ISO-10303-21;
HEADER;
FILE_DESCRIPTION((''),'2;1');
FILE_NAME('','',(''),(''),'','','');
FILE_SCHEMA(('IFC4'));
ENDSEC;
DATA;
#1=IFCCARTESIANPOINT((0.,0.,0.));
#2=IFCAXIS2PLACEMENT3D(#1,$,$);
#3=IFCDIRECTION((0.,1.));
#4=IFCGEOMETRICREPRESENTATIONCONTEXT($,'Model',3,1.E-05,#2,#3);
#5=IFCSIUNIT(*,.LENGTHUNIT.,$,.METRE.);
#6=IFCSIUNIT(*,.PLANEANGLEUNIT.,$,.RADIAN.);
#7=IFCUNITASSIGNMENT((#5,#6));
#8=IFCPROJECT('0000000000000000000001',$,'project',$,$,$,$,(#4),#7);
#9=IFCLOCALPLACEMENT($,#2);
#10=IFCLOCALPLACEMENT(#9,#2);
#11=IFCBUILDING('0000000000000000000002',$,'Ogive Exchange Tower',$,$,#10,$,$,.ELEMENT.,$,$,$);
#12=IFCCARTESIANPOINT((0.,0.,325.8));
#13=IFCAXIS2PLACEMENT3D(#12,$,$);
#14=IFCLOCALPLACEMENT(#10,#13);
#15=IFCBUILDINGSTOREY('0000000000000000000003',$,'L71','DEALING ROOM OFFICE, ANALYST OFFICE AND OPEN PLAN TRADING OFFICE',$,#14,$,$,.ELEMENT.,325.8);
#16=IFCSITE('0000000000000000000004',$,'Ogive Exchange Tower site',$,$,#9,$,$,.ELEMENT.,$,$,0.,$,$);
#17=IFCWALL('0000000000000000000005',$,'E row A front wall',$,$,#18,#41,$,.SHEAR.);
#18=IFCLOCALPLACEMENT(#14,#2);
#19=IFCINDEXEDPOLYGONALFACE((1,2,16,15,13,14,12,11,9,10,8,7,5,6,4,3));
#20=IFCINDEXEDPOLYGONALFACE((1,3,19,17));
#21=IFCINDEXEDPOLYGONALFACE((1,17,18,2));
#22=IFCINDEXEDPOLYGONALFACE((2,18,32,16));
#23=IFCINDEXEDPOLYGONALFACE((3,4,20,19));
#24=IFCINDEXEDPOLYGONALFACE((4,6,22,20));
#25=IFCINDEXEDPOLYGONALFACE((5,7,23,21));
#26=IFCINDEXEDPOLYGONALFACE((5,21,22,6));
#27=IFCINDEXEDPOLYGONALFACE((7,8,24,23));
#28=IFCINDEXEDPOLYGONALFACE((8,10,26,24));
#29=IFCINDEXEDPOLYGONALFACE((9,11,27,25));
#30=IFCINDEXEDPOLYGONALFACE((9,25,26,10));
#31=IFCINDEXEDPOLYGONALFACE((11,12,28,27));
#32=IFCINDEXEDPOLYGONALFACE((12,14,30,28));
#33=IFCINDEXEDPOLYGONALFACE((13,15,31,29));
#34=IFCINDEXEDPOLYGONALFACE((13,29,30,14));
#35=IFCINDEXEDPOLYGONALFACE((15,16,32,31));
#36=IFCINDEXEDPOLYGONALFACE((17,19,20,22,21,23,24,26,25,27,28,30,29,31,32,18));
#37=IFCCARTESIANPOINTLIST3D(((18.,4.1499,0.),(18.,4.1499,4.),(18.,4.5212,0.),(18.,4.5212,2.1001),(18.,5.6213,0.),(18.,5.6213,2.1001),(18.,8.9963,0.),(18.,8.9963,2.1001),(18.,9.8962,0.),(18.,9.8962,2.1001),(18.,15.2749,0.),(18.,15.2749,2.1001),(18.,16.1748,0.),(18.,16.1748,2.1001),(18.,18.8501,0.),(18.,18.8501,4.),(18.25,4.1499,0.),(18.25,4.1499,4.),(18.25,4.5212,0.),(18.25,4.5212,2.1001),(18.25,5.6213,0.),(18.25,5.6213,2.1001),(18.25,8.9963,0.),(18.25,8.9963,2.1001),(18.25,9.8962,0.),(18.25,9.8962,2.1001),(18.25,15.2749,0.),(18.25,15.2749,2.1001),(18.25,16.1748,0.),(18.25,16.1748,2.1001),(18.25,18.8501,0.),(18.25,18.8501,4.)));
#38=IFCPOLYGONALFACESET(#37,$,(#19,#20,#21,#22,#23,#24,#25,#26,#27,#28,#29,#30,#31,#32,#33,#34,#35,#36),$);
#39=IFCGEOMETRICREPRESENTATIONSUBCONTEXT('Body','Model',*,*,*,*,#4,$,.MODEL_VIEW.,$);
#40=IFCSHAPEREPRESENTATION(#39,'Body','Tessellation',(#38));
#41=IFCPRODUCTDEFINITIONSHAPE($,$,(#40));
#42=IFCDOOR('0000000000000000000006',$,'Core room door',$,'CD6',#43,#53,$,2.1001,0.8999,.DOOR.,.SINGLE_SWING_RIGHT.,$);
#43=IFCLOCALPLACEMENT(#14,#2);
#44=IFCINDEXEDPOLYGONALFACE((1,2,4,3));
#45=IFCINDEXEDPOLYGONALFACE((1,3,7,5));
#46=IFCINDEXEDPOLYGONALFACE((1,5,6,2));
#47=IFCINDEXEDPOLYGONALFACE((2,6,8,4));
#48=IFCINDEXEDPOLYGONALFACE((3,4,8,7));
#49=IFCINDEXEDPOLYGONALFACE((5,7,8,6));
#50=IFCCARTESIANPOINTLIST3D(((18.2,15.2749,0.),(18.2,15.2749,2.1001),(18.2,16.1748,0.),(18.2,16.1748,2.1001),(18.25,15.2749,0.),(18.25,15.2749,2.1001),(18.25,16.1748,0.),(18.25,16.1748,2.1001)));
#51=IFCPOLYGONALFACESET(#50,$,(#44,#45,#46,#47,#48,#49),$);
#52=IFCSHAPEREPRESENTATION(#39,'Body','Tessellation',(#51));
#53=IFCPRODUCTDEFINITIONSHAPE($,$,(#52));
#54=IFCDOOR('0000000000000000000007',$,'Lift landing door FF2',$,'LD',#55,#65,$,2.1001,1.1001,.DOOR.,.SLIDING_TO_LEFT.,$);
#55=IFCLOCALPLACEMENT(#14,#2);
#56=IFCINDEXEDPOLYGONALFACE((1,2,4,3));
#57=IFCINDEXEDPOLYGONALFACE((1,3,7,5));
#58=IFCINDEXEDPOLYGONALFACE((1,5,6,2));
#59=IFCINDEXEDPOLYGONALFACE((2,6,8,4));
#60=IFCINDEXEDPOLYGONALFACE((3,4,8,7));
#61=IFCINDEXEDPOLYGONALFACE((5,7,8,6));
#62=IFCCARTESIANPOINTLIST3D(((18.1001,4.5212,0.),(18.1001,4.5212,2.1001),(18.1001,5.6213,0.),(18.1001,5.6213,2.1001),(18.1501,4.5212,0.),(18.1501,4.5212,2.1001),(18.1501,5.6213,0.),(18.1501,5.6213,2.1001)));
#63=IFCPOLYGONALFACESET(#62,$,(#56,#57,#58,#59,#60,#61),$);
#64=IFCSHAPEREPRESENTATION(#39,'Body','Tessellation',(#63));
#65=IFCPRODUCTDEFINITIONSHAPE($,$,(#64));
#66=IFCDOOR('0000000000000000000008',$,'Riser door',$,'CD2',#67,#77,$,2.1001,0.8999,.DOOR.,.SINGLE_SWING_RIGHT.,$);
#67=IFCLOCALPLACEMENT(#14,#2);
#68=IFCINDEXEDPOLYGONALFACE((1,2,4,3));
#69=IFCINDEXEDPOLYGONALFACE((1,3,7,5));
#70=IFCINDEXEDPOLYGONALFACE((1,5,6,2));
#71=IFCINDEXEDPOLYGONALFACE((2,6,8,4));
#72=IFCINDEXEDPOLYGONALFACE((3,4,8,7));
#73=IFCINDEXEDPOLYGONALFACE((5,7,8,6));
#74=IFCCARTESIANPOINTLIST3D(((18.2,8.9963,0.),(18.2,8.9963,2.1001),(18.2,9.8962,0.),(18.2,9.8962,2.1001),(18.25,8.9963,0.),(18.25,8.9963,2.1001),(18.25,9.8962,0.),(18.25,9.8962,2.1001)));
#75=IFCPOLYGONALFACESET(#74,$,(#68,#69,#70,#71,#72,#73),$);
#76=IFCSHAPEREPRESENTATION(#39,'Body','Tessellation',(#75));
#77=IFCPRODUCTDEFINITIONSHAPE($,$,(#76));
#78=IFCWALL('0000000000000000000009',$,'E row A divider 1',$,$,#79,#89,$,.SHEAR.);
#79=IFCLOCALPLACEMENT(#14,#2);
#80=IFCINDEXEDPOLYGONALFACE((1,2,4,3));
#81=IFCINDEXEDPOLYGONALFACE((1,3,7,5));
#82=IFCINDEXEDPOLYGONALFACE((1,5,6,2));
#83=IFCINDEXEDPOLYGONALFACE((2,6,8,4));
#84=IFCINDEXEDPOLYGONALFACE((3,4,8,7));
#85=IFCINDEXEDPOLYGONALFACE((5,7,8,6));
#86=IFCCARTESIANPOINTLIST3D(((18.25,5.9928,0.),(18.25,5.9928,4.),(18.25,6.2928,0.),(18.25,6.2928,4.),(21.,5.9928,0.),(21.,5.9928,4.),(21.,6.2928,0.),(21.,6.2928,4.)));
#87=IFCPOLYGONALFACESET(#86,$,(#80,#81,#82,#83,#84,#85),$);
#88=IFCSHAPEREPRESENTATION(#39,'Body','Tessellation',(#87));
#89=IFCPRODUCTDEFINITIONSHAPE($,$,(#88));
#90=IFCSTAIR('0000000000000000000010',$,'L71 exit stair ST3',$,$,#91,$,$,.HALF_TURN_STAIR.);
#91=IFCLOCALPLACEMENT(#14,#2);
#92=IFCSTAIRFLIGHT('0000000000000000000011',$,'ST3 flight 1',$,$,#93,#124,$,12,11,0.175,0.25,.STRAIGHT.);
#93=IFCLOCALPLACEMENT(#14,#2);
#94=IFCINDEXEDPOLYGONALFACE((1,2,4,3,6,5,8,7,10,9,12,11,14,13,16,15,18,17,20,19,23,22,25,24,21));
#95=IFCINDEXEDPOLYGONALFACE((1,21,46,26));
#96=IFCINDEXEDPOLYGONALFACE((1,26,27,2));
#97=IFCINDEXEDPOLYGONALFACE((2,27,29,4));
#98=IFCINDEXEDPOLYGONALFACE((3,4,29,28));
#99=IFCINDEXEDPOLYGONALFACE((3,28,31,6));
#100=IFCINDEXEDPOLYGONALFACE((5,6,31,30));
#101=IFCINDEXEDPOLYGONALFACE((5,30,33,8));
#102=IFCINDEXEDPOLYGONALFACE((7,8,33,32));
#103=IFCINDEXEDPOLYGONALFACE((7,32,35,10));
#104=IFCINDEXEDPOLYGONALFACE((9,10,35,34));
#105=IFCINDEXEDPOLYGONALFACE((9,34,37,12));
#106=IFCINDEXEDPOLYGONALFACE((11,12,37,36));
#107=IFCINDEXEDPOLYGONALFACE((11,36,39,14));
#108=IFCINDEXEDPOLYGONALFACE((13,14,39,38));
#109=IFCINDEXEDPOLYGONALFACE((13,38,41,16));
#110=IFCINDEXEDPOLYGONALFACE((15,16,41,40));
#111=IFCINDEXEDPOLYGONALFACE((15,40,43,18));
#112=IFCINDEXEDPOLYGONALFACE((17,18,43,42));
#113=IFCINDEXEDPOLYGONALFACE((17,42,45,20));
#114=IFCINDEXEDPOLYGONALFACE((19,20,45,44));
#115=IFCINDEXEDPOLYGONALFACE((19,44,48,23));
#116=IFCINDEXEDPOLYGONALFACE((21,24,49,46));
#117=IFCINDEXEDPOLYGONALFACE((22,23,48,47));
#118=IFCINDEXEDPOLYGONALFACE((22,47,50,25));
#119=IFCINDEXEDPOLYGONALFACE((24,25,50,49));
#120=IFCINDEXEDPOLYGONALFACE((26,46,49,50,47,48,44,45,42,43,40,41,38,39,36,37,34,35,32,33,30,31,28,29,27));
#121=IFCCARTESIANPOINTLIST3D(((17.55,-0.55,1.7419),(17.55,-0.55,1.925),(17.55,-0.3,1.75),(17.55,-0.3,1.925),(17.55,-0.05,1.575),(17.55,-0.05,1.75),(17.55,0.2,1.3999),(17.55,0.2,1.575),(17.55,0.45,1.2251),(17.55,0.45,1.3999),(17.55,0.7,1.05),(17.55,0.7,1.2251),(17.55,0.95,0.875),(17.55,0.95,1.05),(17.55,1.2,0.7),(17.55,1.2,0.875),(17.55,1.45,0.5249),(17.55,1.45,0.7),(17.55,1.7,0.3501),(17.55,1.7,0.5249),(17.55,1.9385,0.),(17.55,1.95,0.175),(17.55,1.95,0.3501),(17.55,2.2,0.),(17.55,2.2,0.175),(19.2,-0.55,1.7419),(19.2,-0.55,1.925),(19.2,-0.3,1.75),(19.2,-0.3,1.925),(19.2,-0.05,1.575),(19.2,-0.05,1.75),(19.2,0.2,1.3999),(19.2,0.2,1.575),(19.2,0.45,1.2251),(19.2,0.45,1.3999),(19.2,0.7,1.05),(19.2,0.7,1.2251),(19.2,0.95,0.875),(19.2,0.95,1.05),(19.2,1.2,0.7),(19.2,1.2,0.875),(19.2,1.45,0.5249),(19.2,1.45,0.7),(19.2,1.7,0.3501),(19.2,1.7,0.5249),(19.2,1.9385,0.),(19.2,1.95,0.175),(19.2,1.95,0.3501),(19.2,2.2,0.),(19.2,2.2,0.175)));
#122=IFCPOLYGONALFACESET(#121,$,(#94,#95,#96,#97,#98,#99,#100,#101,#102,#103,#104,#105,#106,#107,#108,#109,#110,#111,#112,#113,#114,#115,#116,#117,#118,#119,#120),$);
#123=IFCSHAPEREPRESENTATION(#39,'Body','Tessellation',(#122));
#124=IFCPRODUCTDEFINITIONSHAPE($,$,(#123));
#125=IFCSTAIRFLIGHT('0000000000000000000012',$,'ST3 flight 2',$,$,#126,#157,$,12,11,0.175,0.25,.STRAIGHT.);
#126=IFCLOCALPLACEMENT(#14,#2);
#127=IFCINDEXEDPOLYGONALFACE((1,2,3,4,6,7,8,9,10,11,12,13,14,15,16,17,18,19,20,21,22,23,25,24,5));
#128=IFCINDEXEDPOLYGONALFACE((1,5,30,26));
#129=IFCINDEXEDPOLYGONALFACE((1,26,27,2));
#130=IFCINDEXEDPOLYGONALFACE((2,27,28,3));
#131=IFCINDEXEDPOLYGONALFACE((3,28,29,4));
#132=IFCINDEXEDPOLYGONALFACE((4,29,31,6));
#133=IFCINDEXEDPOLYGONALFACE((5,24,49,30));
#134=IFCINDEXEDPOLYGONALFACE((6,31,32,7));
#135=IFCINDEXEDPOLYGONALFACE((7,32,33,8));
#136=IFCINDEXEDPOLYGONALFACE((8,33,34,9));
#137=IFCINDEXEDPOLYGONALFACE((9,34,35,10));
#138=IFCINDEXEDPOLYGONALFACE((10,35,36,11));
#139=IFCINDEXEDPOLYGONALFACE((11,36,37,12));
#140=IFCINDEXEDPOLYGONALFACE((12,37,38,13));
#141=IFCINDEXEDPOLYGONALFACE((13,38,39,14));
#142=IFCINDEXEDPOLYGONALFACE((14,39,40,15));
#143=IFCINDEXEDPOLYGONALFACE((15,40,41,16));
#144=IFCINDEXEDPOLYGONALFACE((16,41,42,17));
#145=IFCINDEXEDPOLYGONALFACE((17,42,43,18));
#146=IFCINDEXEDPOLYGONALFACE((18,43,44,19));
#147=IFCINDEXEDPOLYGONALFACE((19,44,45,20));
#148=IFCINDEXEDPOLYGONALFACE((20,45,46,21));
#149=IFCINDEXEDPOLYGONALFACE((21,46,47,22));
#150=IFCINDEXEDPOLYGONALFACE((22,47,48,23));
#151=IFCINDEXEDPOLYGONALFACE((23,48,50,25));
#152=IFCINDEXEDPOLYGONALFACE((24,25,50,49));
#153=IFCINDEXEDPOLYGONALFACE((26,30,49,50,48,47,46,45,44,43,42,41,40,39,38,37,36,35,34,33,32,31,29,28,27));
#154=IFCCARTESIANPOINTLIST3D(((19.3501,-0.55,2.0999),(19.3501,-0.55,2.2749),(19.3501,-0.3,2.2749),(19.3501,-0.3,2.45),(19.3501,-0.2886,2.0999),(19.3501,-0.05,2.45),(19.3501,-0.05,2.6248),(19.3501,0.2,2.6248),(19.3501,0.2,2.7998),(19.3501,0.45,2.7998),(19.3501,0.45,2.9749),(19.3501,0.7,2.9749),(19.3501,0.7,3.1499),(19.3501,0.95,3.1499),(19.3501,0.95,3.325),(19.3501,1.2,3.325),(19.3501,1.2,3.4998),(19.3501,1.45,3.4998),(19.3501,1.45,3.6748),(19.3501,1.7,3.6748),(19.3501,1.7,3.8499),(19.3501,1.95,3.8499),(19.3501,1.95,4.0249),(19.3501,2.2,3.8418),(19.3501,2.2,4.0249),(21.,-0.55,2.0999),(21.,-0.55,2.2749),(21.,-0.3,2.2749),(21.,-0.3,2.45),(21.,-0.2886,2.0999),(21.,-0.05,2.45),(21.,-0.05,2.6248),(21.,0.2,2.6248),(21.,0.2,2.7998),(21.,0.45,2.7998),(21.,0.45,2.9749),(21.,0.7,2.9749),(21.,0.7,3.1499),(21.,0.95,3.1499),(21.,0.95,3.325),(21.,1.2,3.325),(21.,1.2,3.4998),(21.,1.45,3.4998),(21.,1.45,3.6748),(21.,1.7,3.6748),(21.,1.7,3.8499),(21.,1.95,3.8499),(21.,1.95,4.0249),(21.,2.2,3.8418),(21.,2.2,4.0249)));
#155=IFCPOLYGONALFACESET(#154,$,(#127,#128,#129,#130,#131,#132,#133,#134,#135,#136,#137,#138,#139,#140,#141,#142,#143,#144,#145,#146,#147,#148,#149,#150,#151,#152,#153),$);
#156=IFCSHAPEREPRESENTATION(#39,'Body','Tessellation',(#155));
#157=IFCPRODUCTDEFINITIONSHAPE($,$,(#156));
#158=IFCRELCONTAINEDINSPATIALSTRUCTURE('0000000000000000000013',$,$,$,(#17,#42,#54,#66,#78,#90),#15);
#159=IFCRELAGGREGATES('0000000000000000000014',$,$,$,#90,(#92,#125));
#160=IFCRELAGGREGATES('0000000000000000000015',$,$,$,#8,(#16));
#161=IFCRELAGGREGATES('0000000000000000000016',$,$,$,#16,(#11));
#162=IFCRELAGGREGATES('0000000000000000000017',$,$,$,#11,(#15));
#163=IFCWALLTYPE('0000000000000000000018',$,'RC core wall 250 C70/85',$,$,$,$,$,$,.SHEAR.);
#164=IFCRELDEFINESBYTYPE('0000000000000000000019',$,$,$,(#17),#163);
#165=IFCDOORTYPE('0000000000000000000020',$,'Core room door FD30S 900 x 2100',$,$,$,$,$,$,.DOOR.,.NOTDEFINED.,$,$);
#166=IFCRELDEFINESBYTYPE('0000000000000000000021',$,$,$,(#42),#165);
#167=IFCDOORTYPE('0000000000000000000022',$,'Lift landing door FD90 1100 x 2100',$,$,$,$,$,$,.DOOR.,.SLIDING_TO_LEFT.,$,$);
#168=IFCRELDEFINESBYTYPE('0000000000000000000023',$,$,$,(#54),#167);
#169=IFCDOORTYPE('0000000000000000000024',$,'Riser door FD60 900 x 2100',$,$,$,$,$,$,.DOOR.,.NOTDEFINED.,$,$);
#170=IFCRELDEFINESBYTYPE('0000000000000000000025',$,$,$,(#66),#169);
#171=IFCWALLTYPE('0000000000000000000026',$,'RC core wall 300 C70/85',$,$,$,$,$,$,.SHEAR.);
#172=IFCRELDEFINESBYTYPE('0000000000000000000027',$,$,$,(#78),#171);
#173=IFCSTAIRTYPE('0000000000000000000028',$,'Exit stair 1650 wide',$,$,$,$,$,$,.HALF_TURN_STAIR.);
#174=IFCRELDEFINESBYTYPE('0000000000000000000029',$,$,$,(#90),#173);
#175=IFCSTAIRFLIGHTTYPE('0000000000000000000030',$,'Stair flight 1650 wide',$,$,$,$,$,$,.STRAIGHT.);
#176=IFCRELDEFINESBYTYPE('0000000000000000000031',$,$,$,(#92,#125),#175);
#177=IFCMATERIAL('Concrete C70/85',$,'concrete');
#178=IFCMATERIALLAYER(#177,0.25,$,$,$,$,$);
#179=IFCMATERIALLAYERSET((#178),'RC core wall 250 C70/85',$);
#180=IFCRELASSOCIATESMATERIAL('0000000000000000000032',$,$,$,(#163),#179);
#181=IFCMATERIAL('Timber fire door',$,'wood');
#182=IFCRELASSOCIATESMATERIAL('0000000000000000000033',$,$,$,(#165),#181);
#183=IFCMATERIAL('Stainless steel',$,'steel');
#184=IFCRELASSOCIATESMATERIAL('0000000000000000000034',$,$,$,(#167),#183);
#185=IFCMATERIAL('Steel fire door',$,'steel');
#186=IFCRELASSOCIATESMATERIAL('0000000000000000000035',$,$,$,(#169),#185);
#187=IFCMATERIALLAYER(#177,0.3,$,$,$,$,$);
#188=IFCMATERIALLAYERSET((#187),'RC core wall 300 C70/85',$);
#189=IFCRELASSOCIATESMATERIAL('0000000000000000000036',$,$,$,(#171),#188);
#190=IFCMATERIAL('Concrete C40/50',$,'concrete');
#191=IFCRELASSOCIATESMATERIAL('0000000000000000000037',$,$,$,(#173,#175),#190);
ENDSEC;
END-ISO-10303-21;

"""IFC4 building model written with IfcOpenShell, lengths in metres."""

from ifc_helpers import new_model, si_unit, direction, frame, frame_2d, origin, place, context, subcontext, project, spatial, polyline, rectangle, outline, extrude, material, layer, layer_set, type_object, element, fill, aggregate, save


model = new_model("IFC4")

# Units and contexts
model_context = context("Model", 3, precision=1e-05, world=origin(), true_north=direction((0.0, 1.0)))
body_context = subcontext(model_context, "Body", "Model", "MODEL_VIEW")
ifc_project = project(units=[si_unit("LENGTHUNIT", "METRE"), si_unit("PLANEANGLEUNIT", "RADIAN")], contexts=[model_context])

# Site, building, storey
site_placement = place(None, origin())
site = spatial("IfcSite", under=ifc_project, at=site_placement, Name="Ogive Exchange Tower site", CompositionType="ELEMENT", RefElevation=0.0)
building_placement = place(site_placement, origin())
building = spatial("IfcBuilding", under=site, at=building_placement, Name="Ogive Exchange Tower", CompositionType="ELEMENT")
storey_placement = place(building_placement, frame((0.0, 0.0, 325.8)))
storey = spatial("IfcBuildingStorey", under=building, at=storey_placement, Name="L71", Description="DEALING ROOM OFFICE, ANALYST OFFICE AND OPEN PLAN TRADING OFFICE", CompositionType="ELEMENT", Elevation=325.8)

# Wall, openings, doors
ifc_material_1 = material(Name="Concrete C70/85", Category="concrete")
ifc_layer_1 = layer(ifc_material_1, 0.25)
ifc_layer_set_1 = layer_set([ifc_layer_1], Name="RC core wall 250 C70/85")
wall_type_1 = type_object("IfcWallType", Name="RC core wall 250 C70/85", PredefinedType="SHEAR", material=ifc_layer_set_1)
wall_1_placement = place(storey_placement, frame((18.125, 4.1499, 0.0), z_axis=(0.0, 0.0, 1.0), x_axis=(0.0, 1.0, 0.0)))
wall_1 = element("IfcWall", 1, at=wall_1_placement, inside=storey, type_object=wall_type_1, Name="E row A front wall", PredefinedType="SHEAR", context=body_context, shape_type="SweptSolid", body=[
    extrude(rectangle(XDim=14.7002, YDim=0.25, at=frame_2d((7.3501, 0.0))), origin(), (0.0, 0.0, 1.0), 4.0),
])
opening_1_placement = place(wall_1_placement, frame((4.8464, 0.0, 0.0)))
opening_1 = element("IfcOpeningElement", 2, at=opening_1_placement, cuts=wall_1, PredefinedType="OPENING", context=body_context, shape_type="SweptSolid", body=[
    extrude(rectangle(XDim=0.8999, YDim=2.1001, at=frame_2d((0.45, 1.05))), frame((0.0, 0.135, 0.0), z_axis=(0.0, -1.0, 0.0), x_axis=(1.0, 0.0, 0.0)), (0.0, 0.0, 1.0), 0.27),
])
opening_2_placement = place(wall_1_placement, frame((11.125, 0.0, 0.0)))
opening_2 = element("IfcOpeningElement", 3, at=opening_2_placement, cuts=wall_1, PredefinedType="OPENING", context=body_context, shape_type="SweptSolid", body=[
    extrude(rectangle(XDim=0.8999, YDim=2.1001, at=frame_2d((0.45, 1.05))), frame((0.0, 0.135, 0.0), z_axis=(0.0, -1.0, 0.0), x_axis=(1.0, 0.0, 0.0)), (0.0, 0.0, 1.0), 0.27),
])
opening_3_placement = place(wall_1_placement, frame((0.3713, 0.0, 0.0)))
opening_3 = element("IfcOpeningElement", 4, at=opening_3_placement, cuts=wall_1, PredefinedType="OPENING", context=body_context, shape_type="SweptSolid", body=[
    extrude(rectangle(XDim=1.1001, YDim=2.1001, at=frame_2d((0.55, 1.05))), frame((0.0, 0.135, 0.0), z_axis=(0.0, -1.0, 0.0), x_axis=(1.0, 0.0, 0.0)), (0.0, 0.0, 1.0), 0.27),
])
ifc_material_2 = material(Name="Timber fire door", Category="wood")
door_type_1 = type_object("IfcDoorType", Name="Core room door FD30S 900 x 2100", OperationType="NOTDEFINED", PredefinedType="DOOR", material=ifc_material_2)
door_1_placement = place(opening_2_placement, frame((0.8999, -0.2002, 0.0), z_axis=(0.0, 0.0, 1.0), x_axis=(-1.0, 0.0, 0.0)))
door_1 = element("IfcDoor", 5, at=door_1_placement, inside=storey, type_object=door_type_1, Name="Core room door", ObjectType="CD6", OperationType="SINGLE_SWING_RIGHT", OverallHeight=2.1001, OverallWidth=0.8999, PredefinedType="DOOR", context=body_context, shape_type="SweptSolid", body=[
    extrude(rectangle(XDim=0.8999, YDim=2.1001, at=frame_2d((0.45, 1.05))), frame((0.0, -0.0752, 0.0), z_axis=(0.0, -1.0, 0.0), x_axis=(1.0, 0.0, 0.0)), (0.0, 0.0, 1.0), 0.05),
])
fill(opening_2, door_1)
ifc_material_3 = material(Name="Stainless steel", Category="steel")
door_type_2 = type_object("IfcDoorType", Name="Lift landing door FD90 1100 x 2100", OperationType="SLIDING_TO_LEFT", PredefinedType="DOOR", material=ifc_material_3)
door_2_placement = place(opening_3_placement, origin())
door_2 = element("IfcDoor", 6, at=door_2_placement, inside=storey, type_object=door_type_2, Name="Lift landing door FF2", ObjectType="LD", OperationType="SLIDING_TO_LEFT", OverallHeight=2.1001, OverallWidth=1.1001, PredefinedType="DOOR", context=body_context, shape_type="SweptSolid", body=[
    extrude(rectangle(XDim=1.1001, YDim=2.1001, at=frame_2d((0.55, 1.05))), frame((0.0, 0.0249, 0.0), z_axis=(0.0, -1.0, 0.0), x_axis=(1.0, 0.0, 0.0)), (0.0, 0.0, 1.0), 0.05),
])
fill(opening_3, door_2)
ifc_material_4 = material(Name="Steel fire door", Category="steel")
door_type_3 = type_object("IfcDoorType", Name="Riser door FD60 900 x 2100", OperationType="NOTDEFINED", PredefinedType="DOOR", material=ifc_material_4)
door_3_placement = place(opening_1_placement, frame((0.8999, -0.2002, 0.0), z_axis=(0.0, 0.0, 1.0), x_axis=(-1.0, 0.0, 0.0)))
door_3 = element("IfcDoor", 7, at=door_3_placement, inside=storey, type_object=door_type_3, Name="Riser door", ObjectType="CD2", OperationType="SINGLE_SWING_RIGHT", OverallHeight=2.1001, OverallWidth=0.8999, PredefinedType="DOOR", context=body_context, shape_type="SweptSolid", body=[
    extrude(rectangle(XDim=0.8999, YDim=2.1001, at=frame_2d((0.45, 1.05))), frame((0.0, -0.0752, 0.0), z_axis=(0.0, -1.0, 0.0), x_axis=(1.0, 0.0, 0.0)), (0.0, 0.0, 1.0), 0.05),
])
fill(opening_1, door_3)

# Wall
ifc_layer_2 = layer(ifc_material_1, 0.3)
ifc_layer_set_2 = layer_set([ifc_layer_2], Name="RC core wall 300 C70/85")
wall_type_2 = type_object("IfcWallType", Name="RC core wall 300 C70/85", PredefinedType="SHEAR", material=ifc_layer_set_2)
wall_2_placement = place(storey_placement, frame((18.25, 6.1428, 0.0), z_axis=(0.0, 0.0, 1.0), x_axis=(1.0, 0.0, 0.0)))
element("IfcWall", 8, at=wall_2_placement, inside=storey, type_object=wall_type_2, Name="E row A divider 1", PredefinedType="SHEAR", context=body_context, shape_type="SweptSolid", body=[
    extrude(rectangle(XDim=2.75, YDim=0.3, at=frame_2d((1.375, 0.0))), origin(), (0.0, 0.0, 1.0), 4.0),
])

# Stair, stair flights
ifc_material_5 = material(Name="Concrete C40/50", Category="concrete")
stair_type = type_object("IfcStairType", Name="Exit stair 1650 wide", PredefinedType="HALF_TURN_STAIR", material=ifc_material_5)
stair_placement = place(storey_placement, origin())
stair = element("IfcStair", 9, at=stair_placement, inside=storey, type_object=stair_type, Name="L71 exit stair ST3", PredefinedType="HALF_TURN_STAIR")
stair_flight_type = type_object("IfcStairFlightType", Name="Stair flight 1650 wide", PredefinedType="STRAIGHT", material=ifc_material_5)
stair_flight_1_placement = place(storey_placement, frame((18.375, 2.2, 0.0), z_axis=(0.0, 0.0, 1.0), x_axis=(0.0, -1.0, 0.0)))
stair_flight_1 = element("IfcStairFlight", 10, at=stair_flight_1_placement, type_object=stair_flight_type, Name="ST3 flight 1", NumberOfRisers=12, NumberOfTreads=11, PredefinedType="STRAIGHT", RiserHeight=0.175, TreadLength=0.25, context=body_context, shape_type="SweptSolid", body=[
    extrude(outline(polyline([(0.0, 0.0), (0.0, 0.175), (0.25, 0.175), (0.25, 0.3501), (0.5, 0.3501), (0.5, 0.5249), (0.75, 0.5249), (0.75, 0.7), (1.0, 0.7), (1.0, 0.875), (1.25, 0.875), (1.25, 1.05), (1.5, 1.05), (1.5, 1.2251), (1.75, 1.2251), (1.75, 1.3999), (2.0, 1.3999), (2.0, 1.575), (2.25, 1.575), (2.25, 1.75), (2.5, 1.75), (2.5, 1.925), (2.75, 1.925), (2.75, 2.1001), (2.75, 1.7419), (0.2615, 0.0), (0.0, 0.0)])), frame((0.0, 0.825, 0.0), z_axis=(0.0, -1.0, 0.0), x_axis=(1.0, 0.0, 0.0)), (0.0, 0.0, 1.0), 1.6499),
])
stair_flight_2_placement = place(storey_placement, frame((20.175, -0.55, 2.0999), z_axis=(0.0, 0.0, 1.0), x_axis=(0.0, 1.0, 0.0)))
stair_flight_2 = element("IfcStairFlight", 11, at=stair_flight_2_placement, type_object=stair_flight_type, Name="ST3 flight 2", NumberOfRisers=12, NumberOfTreads=11, PredefinedType="STRAIGHT", RiserHeight=0.175, TreadLength=0.25, context=body_context, shape_type="SweptSolid", body=[
    extrude(outline(polyline([(0.0, 0.0), (0.0, 0.175), (0.25, 0.175), (0.25, 0.3501), (0.5, 0.3501), (0.5, 0.5249), (0.75, 0.5249), (0.75, 0.7), (1.0, 0.7), (1.0, 0.875), (1.25, 0.875), (1.25, 1.05), (1.5, 1.05), (1.5, 1.2251), (1.75, 1.2251), (1.75, 1.3999), (2.0, 1.3999), (2.0, 1.575), (2.25, 1.575), (2.25, 1.75), (2.5, 1.75), (2.5, 1.925), (2.75, 1.925), (2.75, 2.1001), (2.75, 1.7419), (0.2615, 0.0), (0.0, 0.0)])), frame((0.0, 0.825, 0.0), z_axis=(0.0, -1.0, 0.0), x_axis=(1.0, 0.0, 0.0)), (0.0, 0.0, 1.0), 1.6499),
])
aggregate(stair, [stair_flight_1, stair_flight_2])

save(model, "model.ifc")
